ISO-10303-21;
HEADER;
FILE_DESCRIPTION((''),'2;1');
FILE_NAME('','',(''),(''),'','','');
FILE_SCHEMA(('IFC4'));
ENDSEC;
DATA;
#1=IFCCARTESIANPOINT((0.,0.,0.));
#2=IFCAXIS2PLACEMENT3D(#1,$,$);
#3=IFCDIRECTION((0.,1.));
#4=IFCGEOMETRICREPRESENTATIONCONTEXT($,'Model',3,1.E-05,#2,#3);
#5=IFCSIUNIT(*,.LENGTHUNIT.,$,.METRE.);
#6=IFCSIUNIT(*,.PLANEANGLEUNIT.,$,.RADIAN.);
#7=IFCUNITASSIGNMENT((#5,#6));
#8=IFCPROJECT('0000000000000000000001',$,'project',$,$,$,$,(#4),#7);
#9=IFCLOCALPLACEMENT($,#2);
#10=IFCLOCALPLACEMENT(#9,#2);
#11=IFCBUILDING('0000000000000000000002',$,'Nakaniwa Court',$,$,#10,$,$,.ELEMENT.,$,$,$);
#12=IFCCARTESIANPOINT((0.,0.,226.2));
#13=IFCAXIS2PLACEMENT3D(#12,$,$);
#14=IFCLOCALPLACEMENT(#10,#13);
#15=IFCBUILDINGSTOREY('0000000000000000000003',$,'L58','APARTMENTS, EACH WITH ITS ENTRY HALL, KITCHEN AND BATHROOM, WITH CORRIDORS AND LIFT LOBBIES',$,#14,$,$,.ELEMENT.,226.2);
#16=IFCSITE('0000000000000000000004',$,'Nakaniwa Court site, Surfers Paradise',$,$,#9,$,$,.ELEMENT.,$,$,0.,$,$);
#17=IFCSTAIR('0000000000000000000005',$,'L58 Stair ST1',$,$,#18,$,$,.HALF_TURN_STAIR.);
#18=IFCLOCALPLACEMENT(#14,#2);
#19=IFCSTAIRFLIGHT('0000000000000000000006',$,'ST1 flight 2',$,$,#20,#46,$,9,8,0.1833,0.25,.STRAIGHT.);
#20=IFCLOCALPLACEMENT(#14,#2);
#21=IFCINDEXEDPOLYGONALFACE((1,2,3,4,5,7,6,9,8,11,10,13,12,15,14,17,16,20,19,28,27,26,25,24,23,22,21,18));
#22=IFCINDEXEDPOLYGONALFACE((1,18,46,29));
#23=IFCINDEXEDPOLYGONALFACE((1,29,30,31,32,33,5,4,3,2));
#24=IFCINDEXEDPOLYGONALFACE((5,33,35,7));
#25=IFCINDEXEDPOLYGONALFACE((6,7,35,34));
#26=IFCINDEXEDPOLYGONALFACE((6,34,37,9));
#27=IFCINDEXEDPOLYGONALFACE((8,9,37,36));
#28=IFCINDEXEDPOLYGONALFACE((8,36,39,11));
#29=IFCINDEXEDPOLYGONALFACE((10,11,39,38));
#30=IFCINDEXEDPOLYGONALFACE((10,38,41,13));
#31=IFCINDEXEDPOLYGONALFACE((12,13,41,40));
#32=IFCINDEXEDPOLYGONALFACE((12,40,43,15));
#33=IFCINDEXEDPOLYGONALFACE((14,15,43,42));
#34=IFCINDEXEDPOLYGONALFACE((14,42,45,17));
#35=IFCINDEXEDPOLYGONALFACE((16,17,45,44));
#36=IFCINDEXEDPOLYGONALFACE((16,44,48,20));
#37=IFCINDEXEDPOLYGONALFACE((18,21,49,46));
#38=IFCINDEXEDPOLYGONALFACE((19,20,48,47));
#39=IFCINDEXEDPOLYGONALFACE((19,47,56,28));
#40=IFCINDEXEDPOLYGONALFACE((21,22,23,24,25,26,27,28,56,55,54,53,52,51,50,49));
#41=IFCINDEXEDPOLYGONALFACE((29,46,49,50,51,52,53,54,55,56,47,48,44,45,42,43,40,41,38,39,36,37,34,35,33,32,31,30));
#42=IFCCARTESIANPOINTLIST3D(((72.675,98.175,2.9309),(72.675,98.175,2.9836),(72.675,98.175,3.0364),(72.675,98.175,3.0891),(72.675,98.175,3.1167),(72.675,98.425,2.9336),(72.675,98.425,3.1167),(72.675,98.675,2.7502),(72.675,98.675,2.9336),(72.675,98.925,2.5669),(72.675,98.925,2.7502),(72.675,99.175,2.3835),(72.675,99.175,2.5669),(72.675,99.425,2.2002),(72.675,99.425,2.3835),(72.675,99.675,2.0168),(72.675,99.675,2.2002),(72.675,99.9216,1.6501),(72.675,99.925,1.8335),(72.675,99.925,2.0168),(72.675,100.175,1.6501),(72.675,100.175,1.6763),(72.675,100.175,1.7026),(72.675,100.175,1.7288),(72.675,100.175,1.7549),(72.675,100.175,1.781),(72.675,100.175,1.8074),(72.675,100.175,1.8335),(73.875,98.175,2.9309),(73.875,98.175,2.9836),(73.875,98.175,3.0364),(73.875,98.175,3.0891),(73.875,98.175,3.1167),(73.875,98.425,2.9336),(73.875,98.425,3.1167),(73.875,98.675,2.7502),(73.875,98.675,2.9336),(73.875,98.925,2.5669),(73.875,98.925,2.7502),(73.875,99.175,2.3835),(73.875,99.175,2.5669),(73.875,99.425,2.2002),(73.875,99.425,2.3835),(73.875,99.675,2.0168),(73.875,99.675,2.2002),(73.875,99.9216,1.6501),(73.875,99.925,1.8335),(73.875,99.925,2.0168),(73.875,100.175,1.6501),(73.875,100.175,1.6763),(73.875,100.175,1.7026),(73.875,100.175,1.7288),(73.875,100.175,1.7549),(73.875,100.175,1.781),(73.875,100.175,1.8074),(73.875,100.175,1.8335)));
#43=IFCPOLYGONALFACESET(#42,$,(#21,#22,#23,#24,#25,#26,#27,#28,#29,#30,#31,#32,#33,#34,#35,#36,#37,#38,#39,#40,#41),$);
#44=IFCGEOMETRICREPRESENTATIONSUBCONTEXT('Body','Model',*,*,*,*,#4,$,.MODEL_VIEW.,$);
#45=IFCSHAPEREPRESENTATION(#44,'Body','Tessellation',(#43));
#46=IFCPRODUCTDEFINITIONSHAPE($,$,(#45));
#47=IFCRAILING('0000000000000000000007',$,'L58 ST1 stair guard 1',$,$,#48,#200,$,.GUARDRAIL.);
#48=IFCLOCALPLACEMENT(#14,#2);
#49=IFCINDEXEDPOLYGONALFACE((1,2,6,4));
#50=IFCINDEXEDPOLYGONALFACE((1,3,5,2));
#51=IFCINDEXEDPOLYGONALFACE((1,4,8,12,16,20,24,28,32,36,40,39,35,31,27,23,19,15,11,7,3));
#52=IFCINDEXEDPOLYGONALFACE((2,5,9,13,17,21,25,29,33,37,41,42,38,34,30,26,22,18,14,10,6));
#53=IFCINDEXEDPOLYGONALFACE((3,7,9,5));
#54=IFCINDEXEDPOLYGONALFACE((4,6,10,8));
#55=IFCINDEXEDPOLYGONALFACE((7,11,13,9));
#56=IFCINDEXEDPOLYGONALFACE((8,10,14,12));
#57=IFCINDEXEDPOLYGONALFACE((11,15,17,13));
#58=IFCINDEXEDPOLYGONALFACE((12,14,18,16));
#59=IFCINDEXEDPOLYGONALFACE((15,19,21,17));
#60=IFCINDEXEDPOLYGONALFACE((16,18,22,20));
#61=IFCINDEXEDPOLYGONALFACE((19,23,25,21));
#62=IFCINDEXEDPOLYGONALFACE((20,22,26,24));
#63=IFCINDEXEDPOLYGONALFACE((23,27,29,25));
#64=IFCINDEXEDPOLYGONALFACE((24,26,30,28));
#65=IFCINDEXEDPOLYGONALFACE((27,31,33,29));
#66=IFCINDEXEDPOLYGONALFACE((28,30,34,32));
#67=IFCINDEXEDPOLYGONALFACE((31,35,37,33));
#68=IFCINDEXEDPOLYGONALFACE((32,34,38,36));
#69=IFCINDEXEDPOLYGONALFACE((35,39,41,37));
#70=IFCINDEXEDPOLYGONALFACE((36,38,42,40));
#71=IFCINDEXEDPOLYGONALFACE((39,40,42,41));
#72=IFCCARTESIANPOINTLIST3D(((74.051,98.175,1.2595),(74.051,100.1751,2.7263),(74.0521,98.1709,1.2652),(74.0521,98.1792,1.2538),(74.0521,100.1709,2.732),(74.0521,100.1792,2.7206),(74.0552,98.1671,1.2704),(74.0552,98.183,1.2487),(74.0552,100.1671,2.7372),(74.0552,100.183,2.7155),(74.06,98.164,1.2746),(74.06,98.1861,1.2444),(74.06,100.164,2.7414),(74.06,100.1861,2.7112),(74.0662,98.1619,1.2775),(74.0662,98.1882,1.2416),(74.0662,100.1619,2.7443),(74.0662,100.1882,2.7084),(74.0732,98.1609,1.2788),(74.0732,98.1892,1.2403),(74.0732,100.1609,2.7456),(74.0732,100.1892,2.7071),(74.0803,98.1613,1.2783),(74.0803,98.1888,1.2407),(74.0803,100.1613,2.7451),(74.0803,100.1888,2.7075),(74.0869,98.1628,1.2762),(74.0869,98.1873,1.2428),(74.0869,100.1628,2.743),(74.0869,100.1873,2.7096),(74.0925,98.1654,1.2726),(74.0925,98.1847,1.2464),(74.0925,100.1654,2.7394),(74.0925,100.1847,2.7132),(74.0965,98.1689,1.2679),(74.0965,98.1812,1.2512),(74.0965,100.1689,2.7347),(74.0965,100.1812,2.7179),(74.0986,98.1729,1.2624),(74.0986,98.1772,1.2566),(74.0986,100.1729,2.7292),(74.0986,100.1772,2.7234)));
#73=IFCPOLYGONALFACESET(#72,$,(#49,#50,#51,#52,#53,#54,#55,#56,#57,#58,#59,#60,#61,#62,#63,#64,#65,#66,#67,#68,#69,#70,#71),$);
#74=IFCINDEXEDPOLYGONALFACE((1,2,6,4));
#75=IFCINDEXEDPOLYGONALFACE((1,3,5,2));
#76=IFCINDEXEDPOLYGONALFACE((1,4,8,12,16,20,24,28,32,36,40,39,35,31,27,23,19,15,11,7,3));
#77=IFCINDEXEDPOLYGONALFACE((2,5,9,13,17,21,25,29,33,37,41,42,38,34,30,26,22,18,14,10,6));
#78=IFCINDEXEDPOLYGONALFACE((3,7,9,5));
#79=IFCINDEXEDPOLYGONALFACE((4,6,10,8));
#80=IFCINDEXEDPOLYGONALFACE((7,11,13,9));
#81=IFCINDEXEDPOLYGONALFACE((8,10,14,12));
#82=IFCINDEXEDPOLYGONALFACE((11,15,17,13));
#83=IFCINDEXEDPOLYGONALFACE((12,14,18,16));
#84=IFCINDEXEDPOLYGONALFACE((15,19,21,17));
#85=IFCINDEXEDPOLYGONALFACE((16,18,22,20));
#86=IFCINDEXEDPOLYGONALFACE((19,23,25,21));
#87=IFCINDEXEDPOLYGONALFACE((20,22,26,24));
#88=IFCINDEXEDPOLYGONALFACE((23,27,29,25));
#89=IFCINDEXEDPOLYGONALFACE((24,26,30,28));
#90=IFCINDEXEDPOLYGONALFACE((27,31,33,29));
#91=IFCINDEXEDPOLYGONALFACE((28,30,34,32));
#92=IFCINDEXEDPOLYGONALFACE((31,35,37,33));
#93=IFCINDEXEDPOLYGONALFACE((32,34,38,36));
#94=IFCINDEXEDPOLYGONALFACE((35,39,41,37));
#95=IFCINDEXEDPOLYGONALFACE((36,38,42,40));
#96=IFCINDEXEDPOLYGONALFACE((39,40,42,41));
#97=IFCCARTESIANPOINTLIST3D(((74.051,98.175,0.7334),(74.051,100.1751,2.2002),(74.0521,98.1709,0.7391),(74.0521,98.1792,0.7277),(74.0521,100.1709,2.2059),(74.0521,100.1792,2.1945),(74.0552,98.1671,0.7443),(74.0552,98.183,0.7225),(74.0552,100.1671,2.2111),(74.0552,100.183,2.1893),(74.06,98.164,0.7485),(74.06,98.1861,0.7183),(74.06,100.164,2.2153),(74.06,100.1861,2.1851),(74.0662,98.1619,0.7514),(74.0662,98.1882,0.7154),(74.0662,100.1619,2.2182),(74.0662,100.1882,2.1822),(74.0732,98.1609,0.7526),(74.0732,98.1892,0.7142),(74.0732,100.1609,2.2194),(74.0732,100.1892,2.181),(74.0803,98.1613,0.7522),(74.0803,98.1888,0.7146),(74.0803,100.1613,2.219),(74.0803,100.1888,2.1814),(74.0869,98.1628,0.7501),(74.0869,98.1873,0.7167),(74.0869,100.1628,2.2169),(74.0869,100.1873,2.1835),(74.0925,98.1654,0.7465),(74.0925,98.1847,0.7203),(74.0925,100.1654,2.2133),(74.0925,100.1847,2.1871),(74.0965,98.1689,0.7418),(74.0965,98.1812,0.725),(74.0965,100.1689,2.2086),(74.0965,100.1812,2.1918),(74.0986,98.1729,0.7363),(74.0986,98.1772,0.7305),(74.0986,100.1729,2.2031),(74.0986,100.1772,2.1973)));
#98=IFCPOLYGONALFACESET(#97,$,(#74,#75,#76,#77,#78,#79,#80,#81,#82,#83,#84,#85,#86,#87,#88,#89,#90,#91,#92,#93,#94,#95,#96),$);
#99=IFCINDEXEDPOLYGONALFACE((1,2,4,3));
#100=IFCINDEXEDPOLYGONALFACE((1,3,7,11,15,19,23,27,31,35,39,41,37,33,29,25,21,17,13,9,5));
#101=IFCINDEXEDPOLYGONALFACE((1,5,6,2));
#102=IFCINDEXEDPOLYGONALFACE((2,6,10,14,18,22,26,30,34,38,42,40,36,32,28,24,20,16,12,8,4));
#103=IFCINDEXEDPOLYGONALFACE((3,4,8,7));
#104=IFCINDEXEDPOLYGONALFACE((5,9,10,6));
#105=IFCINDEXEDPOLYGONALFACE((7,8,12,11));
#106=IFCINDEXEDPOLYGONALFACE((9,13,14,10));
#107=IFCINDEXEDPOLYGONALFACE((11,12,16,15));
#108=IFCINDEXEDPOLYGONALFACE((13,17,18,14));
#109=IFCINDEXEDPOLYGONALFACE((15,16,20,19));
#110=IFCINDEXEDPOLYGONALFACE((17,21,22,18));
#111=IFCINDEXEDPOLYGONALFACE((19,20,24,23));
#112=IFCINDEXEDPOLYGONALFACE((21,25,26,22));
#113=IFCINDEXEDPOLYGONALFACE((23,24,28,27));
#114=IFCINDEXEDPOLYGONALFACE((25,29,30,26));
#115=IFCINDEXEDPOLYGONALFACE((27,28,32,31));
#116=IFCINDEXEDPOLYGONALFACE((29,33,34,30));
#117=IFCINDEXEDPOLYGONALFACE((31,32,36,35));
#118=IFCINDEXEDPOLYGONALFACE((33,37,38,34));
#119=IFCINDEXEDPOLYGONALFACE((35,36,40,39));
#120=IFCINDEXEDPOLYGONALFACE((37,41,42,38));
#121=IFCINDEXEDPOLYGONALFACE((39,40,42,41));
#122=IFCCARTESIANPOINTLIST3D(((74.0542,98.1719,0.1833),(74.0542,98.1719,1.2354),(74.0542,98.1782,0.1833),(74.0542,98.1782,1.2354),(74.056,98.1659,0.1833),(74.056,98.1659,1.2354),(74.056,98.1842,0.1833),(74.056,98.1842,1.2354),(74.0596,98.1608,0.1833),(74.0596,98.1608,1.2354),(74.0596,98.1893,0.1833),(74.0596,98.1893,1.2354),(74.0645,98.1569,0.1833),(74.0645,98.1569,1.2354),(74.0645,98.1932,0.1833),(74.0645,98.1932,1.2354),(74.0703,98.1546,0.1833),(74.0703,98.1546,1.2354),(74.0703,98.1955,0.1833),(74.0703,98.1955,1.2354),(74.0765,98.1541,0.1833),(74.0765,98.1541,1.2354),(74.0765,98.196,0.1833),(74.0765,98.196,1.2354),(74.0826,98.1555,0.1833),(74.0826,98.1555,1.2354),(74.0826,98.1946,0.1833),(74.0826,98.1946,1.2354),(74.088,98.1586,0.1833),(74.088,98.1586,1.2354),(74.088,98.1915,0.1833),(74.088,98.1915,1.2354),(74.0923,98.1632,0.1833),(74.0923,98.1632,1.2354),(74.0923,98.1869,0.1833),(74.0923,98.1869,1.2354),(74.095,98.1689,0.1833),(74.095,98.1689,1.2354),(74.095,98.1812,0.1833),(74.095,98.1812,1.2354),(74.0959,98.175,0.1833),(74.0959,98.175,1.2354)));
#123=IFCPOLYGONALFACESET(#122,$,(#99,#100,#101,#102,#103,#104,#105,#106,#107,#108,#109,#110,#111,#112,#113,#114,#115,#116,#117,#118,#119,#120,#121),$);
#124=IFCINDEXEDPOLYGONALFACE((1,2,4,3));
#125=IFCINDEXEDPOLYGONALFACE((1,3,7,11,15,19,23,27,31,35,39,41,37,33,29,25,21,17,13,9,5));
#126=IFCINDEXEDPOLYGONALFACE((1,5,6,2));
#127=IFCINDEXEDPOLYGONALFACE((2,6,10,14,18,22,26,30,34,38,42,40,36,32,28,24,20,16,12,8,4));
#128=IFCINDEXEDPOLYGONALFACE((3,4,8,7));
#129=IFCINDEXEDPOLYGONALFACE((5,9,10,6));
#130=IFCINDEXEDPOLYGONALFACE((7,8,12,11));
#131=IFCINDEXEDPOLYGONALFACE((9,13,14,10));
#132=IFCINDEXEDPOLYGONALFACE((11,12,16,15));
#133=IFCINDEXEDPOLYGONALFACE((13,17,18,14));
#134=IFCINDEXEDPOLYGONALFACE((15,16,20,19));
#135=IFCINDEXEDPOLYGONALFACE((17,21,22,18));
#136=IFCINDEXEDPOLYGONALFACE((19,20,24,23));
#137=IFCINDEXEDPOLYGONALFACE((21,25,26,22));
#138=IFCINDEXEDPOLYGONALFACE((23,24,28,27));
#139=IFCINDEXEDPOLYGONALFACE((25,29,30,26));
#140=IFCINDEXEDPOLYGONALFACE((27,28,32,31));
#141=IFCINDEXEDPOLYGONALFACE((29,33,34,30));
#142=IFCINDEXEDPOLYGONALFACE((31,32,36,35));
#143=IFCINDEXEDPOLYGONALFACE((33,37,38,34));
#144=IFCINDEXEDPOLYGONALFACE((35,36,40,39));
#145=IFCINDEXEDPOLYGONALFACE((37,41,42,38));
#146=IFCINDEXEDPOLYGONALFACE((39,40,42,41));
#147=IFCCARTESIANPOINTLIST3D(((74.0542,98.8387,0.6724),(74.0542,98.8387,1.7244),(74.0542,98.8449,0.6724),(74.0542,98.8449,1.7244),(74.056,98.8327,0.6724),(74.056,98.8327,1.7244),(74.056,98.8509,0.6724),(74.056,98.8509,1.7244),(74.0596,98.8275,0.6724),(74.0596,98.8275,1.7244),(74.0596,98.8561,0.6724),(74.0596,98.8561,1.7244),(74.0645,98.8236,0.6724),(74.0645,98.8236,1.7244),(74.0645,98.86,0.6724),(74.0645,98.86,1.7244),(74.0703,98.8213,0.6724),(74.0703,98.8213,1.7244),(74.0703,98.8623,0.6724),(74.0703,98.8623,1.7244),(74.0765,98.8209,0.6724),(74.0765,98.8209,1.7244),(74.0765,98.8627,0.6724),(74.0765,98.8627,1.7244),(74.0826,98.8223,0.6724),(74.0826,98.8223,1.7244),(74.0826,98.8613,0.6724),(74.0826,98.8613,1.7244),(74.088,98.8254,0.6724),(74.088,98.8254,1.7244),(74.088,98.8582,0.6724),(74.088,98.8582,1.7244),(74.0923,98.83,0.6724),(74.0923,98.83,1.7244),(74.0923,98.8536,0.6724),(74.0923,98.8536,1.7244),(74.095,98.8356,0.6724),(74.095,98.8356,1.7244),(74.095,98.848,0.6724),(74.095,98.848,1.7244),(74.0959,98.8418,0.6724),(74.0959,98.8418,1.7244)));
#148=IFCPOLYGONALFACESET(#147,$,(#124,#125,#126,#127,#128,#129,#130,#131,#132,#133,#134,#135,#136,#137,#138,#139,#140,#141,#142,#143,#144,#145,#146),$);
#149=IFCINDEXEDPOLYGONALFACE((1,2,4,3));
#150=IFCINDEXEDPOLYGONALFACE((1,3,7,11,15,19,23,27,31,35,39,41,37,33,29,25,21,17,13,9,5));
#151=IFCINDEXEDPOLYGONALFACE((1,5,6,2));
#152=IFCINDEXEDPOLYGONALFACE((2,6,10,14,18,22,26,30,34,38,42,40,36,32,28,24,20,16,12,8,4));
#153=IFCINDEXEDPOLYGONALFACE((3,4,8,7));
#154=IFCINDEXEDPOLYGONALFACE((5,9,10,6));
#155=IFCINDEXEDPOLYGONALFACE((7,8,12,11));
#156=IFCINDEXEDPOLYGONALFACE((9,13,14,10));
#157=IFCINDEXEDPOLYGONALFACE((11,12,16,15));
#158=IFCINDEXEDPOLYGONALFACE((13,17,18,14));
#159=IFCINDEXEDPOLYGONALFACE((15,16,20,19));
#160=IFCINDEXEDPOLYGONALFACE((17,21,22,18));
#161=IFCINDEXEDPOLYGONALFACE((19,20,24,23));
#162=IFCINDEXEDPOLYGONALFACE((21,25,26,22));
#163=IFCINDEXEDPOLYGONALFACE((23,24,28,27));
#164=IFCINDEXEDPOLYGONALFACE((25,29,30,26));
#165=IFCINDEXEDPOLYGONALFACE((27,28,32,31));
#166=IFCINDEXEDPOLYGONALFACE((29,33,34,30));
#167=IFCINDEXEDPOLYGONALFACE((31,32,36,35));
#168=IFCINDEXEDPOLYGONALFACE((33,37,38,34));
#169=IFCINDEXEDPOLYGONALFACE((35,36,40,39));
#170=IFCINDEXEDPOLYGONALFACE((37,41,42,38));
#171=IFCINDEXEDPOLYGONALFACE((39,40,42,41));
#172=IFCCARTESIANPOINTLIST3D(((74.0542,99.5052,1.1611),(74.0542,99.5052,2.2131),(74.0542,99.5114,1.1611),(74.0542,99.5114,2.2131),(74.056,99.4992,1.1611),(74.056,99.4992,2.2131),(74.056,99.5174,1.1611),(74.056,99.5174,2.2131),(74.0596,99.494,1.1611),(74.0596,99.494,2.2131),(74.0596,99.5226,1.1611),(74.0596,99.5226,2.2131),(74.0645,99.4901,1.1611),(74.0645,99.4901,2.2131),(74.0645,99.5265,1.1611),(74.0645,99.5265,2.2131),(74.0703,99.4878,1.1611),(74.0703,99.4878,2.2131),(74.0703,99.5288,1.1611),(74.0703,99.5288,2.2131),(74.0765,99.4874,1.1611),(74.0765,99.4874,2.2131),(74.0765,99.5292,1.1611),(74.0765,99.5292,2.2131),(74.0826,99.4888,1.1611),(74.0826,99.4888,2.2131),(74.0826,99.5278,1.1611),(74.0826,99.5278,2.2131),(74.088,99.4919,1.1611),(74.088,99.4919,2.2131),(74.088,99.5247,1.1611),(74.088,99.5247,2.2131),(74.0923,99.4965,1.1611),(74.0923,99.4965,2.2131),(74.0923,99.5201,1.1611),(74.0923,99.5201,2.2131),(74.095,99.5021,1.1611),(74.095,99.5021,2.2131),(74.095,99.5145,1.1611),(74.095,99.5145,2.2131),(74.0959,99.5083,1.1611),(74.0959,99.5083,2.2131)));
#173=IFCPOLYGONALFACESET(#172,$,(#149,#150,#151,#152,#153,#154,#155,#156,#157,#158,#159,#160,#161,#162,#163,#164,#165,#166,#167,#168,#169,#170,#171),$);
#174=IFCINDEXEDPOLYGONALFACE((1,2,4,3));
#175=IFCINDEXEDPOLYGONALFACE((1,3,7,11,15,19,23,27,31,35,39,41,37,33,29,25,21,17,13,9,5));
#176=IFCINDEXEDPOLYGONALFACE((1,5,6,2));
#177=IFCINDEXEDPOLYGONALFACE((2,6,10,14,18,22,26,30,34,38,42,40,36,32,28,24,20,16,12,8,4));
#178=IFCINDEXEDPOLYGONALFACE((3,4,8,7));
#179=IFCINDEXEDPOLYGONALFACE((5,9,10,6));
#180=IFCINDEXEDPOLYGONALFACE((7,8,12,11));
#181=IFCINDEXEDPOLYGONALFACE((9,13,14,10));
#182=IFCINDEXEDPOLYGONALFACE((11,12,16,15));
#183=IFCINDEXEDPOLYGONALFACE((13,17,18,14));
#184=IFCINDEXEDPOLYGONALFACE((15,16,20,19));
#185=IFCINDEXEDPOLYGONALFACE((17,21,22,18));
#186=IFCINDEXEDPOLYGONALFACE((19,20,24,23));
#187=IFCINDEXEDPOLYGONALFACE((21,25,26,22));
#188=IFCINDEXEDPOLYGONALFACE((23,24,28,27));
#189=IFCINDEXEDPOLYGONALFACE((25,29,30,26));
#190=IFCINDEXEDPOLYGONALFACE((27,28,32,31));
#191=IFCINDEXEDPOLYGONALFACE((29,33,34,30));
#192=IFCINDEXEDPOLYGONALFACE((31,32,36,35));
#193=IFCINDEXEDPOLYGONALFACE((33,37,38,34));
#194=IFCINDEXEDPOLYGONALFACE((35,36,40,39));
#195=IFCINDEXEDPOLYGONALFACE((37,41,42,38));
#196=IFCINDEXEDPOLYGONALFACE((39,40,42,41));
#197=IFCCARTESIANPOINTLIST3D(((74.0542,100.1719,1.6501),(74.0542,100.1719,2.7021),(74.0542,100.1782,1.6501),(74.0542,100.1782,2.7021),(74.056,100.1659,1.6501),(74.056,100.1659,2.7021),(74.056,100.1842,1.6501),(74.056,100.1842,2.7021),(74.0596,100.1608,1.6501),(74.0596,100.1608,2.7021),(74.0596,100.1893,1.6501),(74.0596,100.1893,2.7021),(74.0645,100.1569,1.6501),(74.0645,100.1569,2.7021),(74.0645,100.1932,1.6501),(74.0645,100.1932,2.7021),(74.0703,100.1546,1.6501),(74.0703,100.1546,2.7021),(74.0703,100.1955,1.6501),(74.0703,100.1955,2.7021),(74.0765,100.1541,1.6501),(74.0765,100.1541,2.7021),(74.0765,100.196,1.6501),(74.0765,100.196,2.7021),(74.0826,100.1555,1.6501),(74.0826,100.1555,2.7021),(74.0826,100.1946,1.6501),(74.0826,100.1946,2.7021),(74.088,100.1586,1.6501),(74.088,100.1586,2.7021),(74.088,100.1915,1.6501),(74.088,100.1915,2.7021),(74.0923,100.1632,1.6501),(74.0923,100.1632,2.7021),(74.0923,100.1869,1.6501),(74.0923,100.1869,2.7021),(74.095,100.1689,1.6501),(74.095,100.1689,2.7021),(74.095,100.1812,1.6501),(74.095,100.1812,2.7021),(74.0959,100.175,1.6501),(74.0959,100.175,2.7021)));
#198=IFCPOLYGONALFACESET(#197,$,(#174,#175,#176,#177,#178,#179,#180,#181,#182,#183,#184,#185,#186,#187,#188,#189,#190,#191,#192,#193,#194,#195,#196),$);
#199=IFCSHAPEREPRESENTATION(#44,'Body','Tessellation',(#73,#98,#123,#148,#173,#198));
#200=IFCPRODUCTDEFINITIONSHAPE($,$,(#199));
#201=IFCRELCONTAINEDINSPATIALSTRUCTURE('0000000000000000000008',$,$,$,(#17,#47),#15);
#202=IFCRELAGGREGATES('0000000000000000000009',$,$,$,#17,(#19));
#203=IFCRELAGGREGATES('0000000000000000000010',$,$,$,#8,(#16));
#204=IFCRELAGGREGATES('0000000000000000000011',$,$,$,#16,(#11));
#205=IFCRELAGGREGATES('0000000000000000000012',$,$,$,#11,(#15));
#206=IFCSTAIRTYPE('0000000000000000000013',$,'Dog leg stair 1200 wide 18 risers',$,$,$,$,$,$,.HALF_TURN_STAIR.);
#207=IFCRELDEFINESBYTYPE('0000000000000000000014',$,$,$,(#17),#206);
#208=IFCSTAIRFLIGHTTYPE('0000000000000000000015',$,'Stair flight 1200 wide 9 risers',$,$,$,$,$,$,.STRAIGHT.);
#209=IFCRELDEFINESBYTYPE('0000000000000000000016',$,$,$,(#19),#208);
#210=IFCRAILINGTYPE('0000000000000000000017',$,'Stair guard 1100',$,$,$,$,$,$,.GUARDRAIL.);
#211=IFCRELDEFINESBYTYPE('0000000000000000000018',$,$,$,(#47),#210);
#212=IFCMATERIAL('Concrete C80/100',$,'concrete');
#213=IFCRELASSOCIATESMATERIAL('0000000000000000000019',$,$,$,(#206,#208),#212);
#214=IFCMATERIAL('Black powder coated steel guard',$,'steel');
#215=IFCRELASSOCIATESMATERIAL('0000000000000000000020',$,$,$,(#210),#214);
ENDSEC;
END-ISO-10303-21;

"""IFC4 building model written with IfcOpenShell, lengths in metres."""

from ifc_helpers import new_model, si_unit, direction, frame, origin, origin_2d, place, context, subcontext, project, spatial, polyline, circle, outline, extrude, material, type_object, element, aggregate, save


model = new_model("IFC4")

# Units and contexts
model_context = context("Model", 3, precision=1e-05, world=origin(), true_north=direction((0.0, 1.0)))
body_context = subcontext(model_context, "Body", "Model", "MODEL_VIEW")
ifc_project = project(units=[si_unit("LENGTHUNIT", "METRE"), si_unit("PLANEANGLEUNIT", "RADIAN")], contexts=[model_context])

# Site, building, storey
site_placement = place(None, origin())
site = spatial("IfcSite", under=ifc_project, at=site_placement, Name="Nakaniwa Court site, Surfers Paradise", CompositionType="ELEMENT", RefElevation=0.0)
building_placement = place(site_placement, origin())
building = spatial("IfcBuilding", under=site, at=building_placement, Name="Nakaniwa Court", CompositionType="ELEMENT")
storey_placement = place(building_placement, frame((0.0, 0.0, 226.2)))
storey = spatial("IfcBuildingStorey", under=building, at=storey_placement, Name="L58", Description="APARTMENTS, EACH WITH ITS ENTRY HALL, KITCHEN AND BATHROOM, WITH CORRIDORS AND LIFT LOBBIES", CompositionType="ELEMENT", Elevation=226.2)

# Shared definitions
ifc_material_1 = material(Name="Concrete C80/100", Category="concrete")

# Stair, stair flight
stair_type = type_object("IfcStairType", Name="Dog leg stair 1200 wide 18 risers", PredefinedType="HALF_TURN_STAIR", material=ifc_material_1)
stair_placement = place(storey_placement, origin())
stair = element("IfcStair", 1, at=stair_placement, inside=storey, type_object=stair_type, Name="L58 Stair ST1", PredefinedType="HALF_TURN_STAIR")
stair_flight_type = type_object("IfcStairFlightType", Name="Stair flight 1200 wide 9 risers", PredefinedType="STRAIGHT", material=ifc_material_1)
stair_flight_1_placement = place(storey_placement, frame((73.2749, 100.175, 1.6501), z_axis=(0.0, 0.0, 1.0), x_axis=(0.0, -1.0, 0.0)))
stair_flight_1 = element("IfcStairFlight", 2, at=stair_flight_1_placement, type_object=stair_flight_type, Name="ST1 flight 2", NumberOfRisers=9, NumberOfTreads=8, PredefinedType="STRAIGHT", RiserHeight=0.1833, TreadLength=0.25, context=body_context, shape_type="SweptSolid", body=[
    extrude(outline(polyline([(0.0, 0.0), (0.0, 0.0261), (0.0, 0.0525), (0.0, 0.0786), (0.0, 0.1047), (0.0, 0.1309), (0.0, 0.1572), (0.0, 0.1833), (0.25, 0.1833), (0.25, 0.3667), (0.5, 0.3667), (0.5, 0.55), (0.75, 0.55), (0.75, 0.7334), (1.0, 0.7334), (1.0, 0.9167), (1.25, 0.9167), (1.25, 1.1001), (1.5, 1.1001), (1.5, 1.2834), (1.75, 1.2834), (1.75, 1.4666), (2.0, 1.4666), (2.0, 1.6499), (2.0, 1.5972), (2.0, 1.5444), (2.0, 1.4917), (2.0, 1.439), (2.0, 1.3862), (2.0, 1.3335), (2.0, 1.2808), (0.2534, 0.0), (0.0, 0.0)])), frame((0.0, 0.6001, 0.0), z_axis=(0.0, -1.0, 0.0), x_axis=(1.0, 0.0, 0.0)), (0.0, 0.0, 1.0), 1.2),
])
aggregate(stair, [stair_flight_1])

# Railing
ifc_material_2 = material(Name="Black powder coated steel guard", Category="steel")
railing_type_1 = type_object("IfcRailingType", Name="Stair guard 1100", PredefinedType="GUARDRAIL", material=ifc_material_2)
railing_1_placement = place(storey_placement, frame((74.075, 98.175, 0.1833)))
element("IfcRailing", 3, at=railing_1_placement, inside=storey, type_object=railing_type_1, Name="L58 ST1 stair guard 1", PredefinedType="GUARDRAIL", context=body_context, shape_type="SweptSolid", body=[
    extrude(circle(Radius=0.0239, at=origin_2d()), frame((0.0, 0.0, 1.0762), z_axis=(0.0, 0.80638, 0.591398), x_axis=(-1.0, 0.0, 0.0)), (0.0, 0.0, 1.0), 2.4802),
    extrude(circle(Radius=0.0239, at=origin_2d()), frame((0.0, 0.0, 0.55), z_axis=(0.0, 0.80638, 0.591398), x_axis=(-1.0, 0.0, 0.0)), (0.0, 0.0, 1.0), 2.4802),
    extrude(circle(Radius=0.021, at=origin_2d()), origin(), (0.0, 0.0, 1.0), 1.052),
    extrude(circle(Radius=0.021, at=origin_2d()), frame((0.0, 0.6667, 0.489)), (0.0, 0.0, 1.0), 1.052),
    extrude(circle(Radius=0.021, at=origin_2d()), frame((0.0, 1.3333, 0.9778)), (0.0, 0.0, 1.0), 1.052),
    extrude(circle(Radius=0.021, at=origin_2d()), frame((0.0, 2.0, 1.4668)), (0.0, 0.0, 1.0), 1.052),
])

save(model, "model.ifc")
